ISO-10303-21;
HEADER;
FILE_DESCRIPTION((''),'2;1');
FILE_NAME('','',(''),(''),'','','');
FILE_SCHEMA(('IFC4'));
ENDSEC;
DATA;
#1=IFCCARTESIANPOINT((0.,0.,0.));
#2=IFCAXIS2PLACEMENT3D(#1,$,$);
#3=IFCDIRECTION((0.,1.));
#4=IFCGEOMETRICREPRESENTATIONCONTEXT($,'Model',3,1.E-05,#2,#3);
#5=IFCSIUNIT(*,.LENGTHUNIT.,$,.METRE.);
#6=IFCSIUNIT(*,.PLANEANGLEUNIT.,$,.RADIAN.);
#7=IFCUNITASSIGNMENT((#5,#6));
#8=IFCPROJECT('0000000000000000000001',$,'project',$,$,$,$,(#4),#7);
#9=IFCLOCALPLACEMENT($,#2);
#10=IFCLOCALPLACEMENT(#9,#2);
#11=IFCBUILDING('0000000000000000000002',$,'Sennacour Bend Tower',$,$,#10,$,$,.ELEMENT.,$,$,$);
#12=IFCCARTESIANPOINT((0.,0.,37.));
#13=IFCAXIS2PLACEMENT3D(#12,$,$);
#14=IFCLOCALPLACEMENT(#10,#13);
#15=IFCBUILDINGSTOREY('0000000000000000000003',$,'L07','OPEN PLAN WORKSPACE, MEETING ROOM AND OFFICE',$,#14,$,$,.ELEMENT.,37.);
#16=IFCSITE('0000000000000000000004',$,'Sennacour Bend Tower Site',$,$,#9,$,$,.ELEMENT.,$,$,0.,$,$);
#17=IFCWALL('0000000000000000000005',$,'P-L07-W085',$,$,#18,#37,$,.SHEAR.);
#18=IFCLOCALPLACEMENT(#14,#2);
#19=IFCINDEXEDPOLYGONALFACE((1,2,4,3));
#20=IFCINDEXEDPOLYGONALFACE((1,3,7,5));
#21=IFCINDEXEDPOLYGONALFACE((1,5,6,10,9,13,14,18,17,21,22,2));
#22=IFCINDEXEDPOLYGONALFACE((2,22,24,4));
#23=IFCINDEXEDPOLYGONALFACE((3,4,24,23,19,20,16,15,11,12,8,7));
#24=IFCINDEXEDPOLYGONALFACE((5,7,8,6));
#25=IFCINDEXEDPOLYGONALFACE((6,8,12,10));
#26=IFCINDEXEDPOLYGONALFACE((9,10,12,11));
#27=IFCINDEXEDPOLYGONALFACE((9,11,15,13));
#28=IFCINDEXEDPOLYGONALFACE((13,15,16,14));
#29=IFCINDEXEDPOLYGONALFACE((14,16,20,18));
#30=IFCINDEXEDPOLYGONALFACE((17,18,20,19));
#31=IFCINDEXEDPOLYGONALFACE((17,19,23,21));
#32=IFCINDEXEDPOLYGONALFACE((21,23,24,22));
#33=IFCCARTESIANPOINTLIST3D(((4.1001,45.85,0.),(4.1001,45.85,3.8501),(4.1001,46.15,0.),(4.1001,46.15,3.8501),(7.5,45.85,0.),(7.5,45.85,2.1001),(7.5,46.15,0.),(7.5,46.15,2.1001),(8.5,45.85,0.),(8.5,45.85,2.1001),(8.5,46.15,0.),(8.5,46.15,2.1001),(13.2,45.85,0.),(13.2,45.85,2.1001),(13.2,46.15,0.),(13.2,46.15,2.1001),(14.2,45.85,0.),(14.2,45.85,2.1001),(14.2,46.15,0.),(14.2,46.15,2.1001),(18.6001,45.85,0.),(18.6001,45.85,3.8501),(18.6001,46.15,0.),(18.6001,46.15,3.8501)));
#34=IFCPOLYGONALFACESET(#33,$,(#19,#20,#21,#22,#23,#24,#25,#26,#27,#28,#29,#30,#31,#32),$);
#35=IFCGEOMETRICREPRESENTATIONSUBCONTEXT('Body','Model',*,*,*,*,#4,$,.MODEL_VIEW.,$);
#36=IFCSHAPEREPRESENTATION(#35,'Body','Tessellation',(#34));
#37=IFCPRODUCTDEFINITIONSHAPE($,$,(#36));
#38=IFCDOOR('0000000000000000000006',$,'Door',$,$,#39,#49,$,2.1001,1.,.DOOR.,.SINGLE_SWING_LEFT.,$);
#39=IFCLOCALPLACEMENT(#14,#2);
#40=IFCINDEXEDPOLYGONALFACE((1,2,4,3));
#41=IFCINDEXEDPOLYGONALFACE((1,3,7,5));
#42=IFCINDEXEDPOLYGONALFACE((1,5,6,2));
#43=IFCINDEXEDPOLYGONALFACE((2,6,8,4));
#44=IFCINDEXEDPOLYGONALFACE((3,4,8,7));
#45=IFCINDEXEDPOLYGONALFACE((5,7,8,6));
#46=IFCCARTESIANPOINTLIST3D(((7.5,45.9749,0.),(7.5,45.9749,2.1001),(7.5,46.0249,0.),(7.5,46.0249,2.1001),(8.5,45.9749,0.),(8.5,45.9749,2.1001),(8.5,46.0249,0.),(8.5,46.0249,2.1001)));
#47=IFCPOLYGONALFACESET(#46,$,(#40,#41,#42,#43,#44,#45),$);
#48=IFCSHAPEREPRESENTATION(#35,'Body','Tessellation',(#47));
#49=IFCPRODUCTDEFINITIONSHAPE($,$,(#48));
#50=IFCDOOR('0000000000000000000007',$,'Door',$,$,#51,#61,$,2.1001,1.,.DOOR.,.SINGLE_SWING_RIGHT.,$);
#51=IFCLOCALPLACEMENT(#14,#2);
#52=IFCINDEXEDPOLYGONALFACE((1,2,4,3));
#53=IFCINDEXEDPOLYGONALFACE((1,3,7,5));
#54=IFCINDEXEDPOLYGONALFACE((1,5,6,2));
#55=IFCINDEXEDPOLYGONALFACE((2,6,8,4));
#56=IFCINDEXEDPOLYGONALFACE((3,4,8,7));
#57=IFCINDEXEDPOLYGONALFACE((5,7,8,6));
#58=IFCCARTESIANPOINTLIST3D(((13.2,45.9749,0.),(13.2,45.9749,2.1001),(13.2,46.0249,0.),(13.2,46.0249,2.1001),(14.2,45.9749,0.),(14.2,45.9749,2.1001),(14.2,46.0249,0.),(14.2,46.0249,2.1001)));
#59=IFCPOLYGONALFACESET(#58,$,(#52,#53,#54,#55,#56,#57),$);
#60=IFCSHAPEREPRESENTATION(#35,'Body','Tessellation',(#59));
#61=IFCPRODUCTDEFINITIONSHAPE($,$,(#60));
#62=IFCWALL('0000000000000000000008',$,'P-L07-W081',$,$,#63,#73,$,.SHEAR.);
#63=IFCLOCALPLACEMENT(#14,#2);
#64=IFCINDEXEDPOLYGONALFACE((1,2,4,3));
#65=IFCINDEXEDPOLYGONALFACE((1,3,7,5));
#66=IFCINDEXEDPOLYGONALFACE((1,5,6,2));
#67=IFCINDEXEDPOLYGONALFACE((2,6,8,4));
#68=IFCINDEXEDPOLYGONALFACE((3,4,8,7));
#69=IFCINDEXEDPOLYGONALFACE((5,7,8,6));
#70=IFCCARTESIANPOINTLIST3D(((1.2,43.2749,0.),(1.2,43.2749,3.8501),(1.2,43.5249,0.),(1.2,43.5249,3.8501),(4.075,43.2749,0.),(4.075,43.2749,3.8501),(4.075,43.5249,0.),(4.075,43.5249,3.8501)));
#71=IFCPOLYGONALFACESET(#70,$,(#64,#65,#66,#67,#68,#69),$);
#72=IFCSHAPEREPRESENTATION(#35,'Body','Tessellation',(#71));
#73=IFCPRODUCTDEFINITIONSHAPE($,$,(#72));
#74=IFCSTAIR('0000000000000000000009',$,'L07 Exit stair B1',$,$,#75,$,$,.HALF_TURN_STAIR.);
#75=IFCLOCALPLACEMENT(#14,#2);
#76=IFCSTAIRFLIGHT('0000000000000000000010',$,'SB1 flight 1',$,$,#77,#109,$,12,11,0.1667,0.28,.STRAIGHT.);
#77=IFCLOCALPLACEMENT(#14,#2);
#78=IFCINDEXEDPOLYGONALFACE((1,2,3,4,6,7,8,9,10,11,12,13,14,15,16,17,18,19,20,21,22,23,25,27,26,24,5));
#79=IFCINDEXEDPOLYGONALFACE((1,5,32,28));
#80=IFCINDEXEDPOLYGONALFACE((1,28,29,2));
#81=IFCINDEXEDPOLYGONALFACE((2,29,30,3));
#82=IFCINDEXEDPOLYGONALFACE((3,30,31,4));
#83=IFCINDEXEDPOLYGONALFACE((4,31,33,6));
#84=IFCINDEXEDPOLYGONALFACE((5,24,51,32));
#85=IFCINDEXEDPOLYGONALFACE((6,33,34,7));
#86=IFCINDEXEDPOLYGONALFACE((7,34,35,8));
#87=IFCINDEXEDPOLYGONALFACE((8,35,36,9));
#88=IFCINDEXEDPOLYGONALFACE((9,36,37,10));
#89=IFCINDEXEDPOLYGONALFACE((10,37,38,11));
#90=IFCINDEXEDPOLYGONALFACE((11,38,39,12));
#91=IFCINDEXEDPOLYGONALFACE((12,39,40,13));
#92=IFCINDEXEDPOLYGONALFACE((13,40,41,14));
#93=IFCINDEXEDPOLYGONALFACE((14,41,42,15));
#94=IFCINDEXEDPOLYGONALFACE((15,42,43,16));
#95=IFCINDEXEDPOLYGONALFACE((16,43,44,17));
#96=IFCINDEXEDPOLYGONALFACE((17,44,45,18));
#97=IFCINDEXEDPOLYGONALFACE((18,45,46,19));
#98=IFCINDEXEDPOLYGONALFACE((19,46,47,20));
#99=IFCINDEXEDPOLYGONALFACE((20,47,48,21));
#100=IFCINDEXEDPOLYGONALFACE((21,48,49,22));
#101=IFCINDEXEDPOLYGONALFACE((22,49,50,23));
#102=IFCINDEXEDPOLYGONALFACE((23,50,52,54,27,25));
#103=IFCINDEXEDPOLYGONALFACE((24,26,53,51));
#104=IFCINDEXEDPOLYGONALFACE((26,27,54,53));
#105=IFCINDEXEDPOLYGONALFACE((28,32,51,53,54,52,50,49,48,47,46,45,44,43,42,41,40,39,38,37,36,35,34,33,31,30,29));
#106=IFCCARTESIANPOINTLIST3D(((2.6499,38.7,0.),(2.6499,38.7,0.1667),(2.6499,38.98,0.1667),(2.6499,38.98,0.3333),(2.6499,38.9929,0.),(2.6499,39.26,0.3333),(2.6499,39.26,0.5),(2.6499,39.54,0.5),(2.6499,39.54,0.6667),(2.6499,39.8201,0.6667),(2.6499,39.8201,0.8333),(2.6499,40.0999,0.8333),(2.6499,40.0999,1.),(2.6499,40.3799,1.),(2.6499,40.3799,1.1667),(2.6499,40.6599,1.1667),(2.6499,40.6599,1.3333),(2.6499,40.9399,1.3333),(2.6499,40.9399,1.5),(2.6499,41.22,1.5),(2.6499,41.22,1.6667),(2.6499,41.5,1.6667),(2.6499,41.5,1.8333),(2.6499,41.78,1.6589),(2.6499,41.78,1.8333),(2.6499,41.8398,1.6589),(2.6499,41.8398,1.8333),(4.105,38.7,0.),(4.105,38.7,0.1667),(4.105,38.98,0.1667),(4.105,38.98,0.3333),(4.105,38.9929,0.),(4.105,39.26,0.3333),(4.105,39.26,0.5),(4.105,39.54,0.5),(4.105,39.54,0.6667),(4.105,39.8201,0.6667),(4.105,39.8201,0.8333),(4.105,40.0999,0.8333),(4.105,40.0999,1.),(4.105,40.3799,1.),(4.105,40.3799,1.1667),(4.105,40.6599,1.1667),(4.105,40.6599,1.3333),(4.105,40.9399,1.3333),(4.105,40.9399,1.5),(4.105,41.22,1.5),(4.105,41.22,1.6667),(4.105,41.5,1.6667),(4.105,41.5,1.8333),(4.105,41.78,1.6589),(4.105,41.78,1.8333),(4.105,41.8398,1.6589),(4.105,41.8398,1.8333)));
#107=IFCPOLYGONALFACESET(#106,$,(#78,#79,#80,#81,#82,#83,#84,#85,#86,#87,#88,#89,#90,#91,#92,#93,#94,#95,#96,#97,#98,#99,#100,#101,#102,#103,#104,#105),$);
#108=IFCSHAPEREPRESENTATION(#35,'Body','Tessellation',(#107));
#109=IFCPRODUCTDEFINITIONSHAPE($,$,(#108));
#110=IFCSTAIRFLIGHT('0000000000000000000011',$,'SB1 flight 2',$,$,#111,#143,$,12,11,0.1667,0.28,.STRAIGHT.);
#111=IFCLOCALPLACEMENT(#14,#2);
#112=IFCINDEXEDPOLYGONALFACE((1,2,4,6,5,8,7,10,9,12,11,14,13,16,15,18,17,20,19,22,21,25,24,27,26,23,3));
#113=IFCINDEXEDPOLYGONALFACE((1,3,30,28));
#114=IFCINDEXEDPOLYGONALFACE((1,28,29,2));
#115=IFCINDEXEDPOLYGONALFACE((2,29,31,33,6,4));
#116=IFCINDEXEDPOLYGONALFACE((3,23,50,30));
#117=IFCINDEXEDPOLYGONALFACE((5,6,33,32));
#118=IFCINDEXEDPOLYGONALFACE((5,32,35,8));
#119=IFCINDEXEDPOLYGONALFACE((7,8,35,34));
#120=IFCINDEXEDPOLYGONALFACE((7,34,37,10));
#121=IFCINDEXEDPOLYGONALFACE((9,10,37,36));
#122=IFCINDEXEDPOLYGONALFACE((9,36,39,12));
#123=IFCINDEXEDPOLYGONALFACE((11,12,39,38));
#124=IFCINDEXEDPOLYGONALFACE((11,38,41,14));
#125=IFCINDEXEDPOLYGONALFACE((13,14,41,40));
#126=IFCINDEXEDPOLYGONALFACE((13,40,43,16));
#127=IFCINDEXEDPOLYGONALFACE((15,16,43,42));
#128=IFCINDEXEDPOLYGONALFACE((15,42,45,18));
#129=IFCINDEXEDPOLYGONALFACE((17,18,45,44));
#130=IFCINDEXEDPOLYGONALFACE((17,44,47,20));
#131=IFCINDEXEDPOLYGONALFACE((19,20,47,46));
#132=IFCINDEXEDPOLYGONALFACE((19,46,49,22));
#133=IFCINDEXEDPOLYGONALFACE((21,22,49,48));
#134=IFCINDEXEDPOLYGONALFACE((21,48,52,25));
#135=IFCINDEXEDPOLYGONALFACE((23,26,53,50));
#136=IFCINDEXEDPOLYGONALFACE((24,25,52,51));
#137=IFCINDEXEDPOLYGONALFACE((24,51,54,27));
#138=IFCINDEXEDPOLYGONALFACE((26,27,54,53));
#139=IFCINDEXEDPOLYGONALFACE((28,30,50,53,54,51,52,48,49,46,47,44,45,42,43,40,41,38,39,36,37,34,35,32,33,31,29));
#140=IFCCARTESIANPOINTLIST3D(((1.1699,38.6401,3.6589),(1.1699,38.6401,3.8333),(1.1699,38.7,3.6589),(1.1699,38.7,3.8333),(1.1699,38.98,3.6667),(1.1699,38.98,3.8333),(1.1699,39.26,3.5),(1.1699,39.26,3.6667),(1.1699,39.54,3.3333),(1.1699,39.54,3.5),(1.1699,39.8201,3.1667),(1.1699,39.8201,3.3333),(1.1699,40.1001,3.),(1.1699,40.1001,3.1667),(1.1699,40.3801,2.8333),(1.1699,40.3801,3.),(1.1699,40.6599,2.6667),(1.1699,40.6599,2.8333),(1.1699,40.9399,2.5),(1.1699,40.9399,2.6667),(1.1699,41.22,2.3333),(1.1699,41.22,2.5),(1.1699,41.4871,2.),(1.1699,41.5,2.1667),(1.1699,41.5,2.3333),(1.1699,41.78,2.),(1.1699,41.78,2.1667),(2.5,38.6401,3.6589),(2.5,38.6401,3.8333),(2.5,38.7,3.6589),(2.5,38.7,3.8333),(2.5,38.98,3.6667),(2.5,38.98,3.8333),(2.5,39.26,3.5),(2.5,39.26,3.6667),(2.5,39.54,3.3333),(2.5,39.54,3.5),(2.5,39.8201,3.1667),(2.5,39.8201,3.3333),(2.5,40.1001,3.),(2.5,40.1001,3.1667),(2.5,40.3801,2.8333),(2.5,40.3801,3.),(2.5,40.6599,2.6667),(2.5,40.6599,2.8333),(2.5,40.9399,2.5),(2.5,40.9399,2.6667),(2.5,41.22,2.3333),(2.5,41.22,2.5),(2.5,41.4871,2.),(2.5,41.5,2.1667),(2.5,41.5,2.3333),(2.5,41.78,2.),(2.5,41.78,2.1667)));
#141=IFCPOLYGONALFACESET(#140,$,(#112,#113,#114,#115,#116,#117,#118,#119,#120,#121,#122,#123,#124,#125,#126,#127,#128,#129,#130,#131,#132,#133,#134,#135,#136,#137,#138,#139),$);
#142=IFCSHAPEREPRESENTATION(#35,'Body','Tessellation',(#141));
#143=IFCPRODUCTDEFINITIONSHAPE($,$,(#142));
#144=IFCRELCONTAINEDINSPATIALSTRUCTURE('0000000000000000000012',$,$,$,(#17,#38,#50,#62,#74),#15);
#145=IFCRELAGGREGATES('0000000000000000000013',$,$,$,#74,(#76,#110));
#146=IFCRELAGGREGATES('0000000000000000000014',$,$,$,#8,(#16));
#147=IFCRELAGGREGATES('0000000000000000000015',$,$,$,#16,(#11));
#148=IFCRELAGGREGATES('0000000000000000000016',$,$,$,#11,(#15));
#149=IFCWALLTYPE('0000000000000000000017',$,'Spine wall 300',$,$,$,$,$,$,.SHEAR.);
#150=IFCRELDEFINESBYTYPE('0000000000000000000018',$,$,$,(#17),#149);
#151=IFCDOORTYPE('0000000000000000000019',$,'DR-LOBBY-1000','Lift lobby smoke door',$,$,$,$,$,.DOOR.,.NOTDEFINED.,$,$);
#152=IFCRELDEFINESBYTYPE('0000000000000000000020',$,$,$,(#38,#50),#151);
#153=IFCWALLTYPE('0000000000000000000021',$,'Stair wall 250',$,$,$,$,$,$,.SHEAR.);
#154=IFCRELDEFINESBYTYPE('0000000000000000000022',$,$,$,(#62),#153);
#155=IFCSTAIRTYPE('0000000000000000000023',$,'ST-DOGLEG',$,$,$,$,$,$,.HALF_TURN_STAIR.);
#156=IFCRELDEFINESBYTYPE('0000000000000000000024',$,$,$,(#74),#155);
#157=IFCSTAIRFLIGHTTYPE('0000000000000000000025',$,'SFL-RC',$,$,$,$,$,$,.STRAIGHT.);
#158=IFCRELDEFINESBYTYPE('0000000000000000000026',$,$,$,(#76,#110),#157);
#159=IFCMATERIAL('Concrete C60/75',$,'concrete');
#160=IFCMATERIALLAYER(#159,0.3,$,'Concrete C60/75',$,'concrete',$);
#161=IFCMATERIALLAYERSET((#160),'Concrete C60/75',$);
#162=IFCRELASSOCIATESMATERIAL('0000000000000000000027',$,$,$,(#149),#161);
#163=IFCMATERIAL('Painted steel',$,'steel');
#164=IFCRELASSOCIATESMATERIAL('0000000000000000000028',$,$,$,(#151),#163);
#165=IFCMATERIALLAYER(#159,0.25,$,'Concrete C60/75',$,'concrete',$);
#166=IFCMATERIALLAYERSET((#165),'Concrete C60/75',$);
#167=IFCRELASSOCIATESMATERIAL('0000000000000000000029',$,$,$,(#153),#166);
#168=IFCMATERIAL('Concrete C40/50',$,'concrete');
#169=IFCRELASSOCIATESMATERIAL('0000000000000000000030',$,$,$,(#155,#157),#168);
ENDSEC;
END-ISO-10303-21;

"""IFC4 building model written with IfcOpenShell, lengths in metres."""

from ifc_helpers import new_model, si_unit, direction, frame, frame_2d, origin, place, context, subcontext, project, spatial, polyline, rectangle, outline, extrude, material, layer, layer_set, type_object, element, fill, aggregate, save


model = new_model("IFC4")

# Units and contexts
model_context = context("Model", 3, precision=1e-05, world=origin(), true_north=direction((0.0, 1.0)))
body_context = subcontext(model_context, "Body", "Model", "MODEL_VIEW")
ifc_project = project(units=[si_unit("LENGTHUNIT", "METRE"), si_unit("PLANEANGLEUNIT", "RADIAN")], contexts=[model_context])

# Site, building, storey
site_placement = place(None, origin())
site = spatial("IfcSite", under=ifc_project, at=site_placement, Name="Sennacour Bend Tower Site", CompositionType="ELEMENT", RefElevation=0.0)
building_placement = place(site_placement, origin())
building = spatial("IfcBuilding", under=site, at=building_placement, Name="Sennacour Bend Tower", CompositionType="ELEMENT")
storey_placement = place(building_placement, frame((0.0, 0.0, 37.0)))
storey = spatial("IfcBuildingStorey", under=building, at=storey_placement, Name="L07", Description="OPEN PLAN WORKSPACE, MEETING ROOM AND OFFICE", CompositionType="ELEMENT", Elevation=37.0)

# Shared definitions
ifc_material_1 = material(Name="Painted steel", Category="steel")

# Wall, openings, doors
ifc_material_2 = material(Name="Concrete C60/75", Category="concrete")
ifc_layer_1 = layer(ifc_material_2, 0.3, Name="Concrete C60/75", Category="concrete")
ifc_layer_set_1 = layer_set([ifc_layer_1], Name="Concrete C60/75")
wall_type_1 = type_object("IfcWallType", Name="Spine wall 300", PredefinedType="SHEAR", material=ifc_layer_set_1)
wall_1_placement = place(storey_placement, frame((4.1001, 46.0, 0.0), z_axis=(0.0, 0.0, 1.0), x_axis=(1.0, 0.0, 0.0)))
wall_1 = element("IfcWall", 1, at=wall_1_placement, inside=storey, type_object=wall_type_1, Name="P-L07-W085", PredefinedType="SHEAR", context=body_context, shape_type="SweptSolid", body=[
    extrude(rectangle(XDim=14.5, YDim=0.3, at=frame_2d((7.25, 0.0))), origin(), (0.0, 0.0, 1.0), 3.8501),
])
opening_1_placement = place(wall_1_placement, frame((3.3999, 0.0, 0.0)))
opening_1 = element("IfcOpeningElement", 2, at=opening_1_placement, cuts=wall_1, PredefinedType="OPENING", context=body_context, shape_type="SweptSolid", body=[
    extrude(rectangle(XDim=1.0, YDim=2.1001, at=frame_2d((0.5, 1.05))), frame((0.0, 0.1602, 0.0), z_axis=(0.0, -1.0, 0.0), x_axis=(1.0, 0.0, 0.0)), (0.0, 0.0, 1.0), 0.3201),
])
opening_2_placement = place(wall_1_placement, frame((9.0999, 0.0, 0.0)))
opening_2 = element("IfcOpeningElement", 3, at=opening_2_placement, cuts=wall_1, PredefinedType="OPENING", context=body_context, shape_type="SweptSolid", body=[
    extrude(rectangle(XDim=1.0, YDim=2.1001, at=frame_2d((0.5, 1.05))), frame((0.0, 0.1602, 0.0), z_axis=(0.0, -1.0, 0.0), x_axis=(1.0, 0.0, 0.0)), (0.0, 0.0, 1.0), 0.3201),
])
door_type_1 = type_object("IfcDoorType", Name="DR-LOBBY-1000", Description="Lift lobby smoke door", OperationType="NOTDEFINED", PredefinedType="DOOR", material=ifc_material_1)
door_1_placement = place(opening_1_placement, origin())
door_1 = element("IfcDoor", 4, at=door_1_placement, inside=storey, type_object=door_type_1, Name="Door", OperationType="SINGLE_SWING_LEFT", OverallHeight=2.1001, OverallWidth=1.0, PredefinedType="DOOR", context=body_context, shape_type="SweptSolid", body=[
    extrude(rectangle(XDim=1.0, YDim=2.1001, at=frame_2d((0.5, 1.05))), frame((0.0, 0.0249, 0.0), z_axis=(0.0, -1.0, 0.0), x_axis=(1.0, 0.0, 0.0)), (0.0, 0.0, 1.0), 0.05),
])
fill(opening_1, door_1)
door_2_placement = place(opening_2_placement, origin())
door_2 = element("IfcDoor", 5, at=door_2_placement, inside=storey, type_object=door_type_1, Name="Door", OperationType="SINGLE_SWING_RIGHT", OverallHeight=2.1001, OverallWidth=1.0, PredefinedType="DOOR", context=body_context, shape_type="SweptSolid", body=[
    extrude(rectangle(XDim=1.0, YDim=2.1001, at=frame_2d((0.5, 1.05))), frame((0.0, 0.0249, 0.0), z_axis=(0.0, -1.0, 0.0), x_axis=(1.0, 0.0, 0.0)), (0.0, 0.0, 1.0), 0.05),
])
fill(opening_2, door_2)

# Wall
ifc_layer_2 = layer(ifc_material_2, 0.25, Name="Concrete C60/75", Category="concrete")
ifc_layer_set_2 = layer_set([ifc_layer_2], Name="Concrete C60/75")
wall_type_2 = type_object("IfcWallType", Name="Stair wall 250", PredefinedType="SHEAR", material=ifc_layer_set_2)
wall_2_placement = place(storey_placement, frame((1.2, 43.3999, 0.0), z_axis=(0.0, 0.0, 1.0), x_axis=(1.0, 0.0, 0.0)))
element("IfcWall", 6, at=wall_2_placement, inside=storey, type_object=wall_type_2, Name="P-L07-W081", PredefinedType="SHEAR", context=body_context, shape_type="SweptSolid", body=[
    extrude(rectangle(XDim=2.875, YDim=0.25, at=frame_2d((1.4375, 0.0))), origin(), (0.0, 0.0, 1.0), 3.8501),
])

# Stair, stair flights
ifc_material_3 = material(Name="Concrete C40/50", Category="concrete")
stair_type = type_object("IfcStairType", Name="ST-DOGLEG", PredefinedType="HALF_TURN_STAIR", material=ifc_material_3)
stair_placement = place(storey_placement, origin())
stair = element("IfcStair", 7, at=stair_placement, inside=storey, type_object=stair_type, Name="L07 Exit stair B1", PredefinedType="HALF_TURN_STAIR")
stair_flight_type = type_object("IfcStairFlightType", Name="SFL-RC", PredefinedType="STRAIGHT", material=ifc_material_3)
stair_flight_1_placement = place(storey_placement, frame((3.3774, 38.7, 0.0), z_axis=(0.0, 0.0, 1.0), x_axis=(0.0, 1.0, 0.0)))
stair_flight_1 = element("IfcStairFlight", 8, at=stair_flight_1_placement, type_object=stair_flight_type, Name="SB1 flight 1", NumberOfRisers=12, NumberOfTreads=11, PredefinedType="STRAIGHT", RiserHeight=0.1667, TreadLength=0.28, context=body_context, shape_type="SweptSolid", body=[
    extrude(outline(polyline([(0.0, 0.0), (0.0, 0.1667), (0.28, 0.1667), (0.28, 0.3333), (0.5601, 0.3333), (0.5601, 0.5), (0.8401, 0.5), (0.8401, 0.6667), (1.1201, 0.6667), (1.1201, 0.8333), (1.3999, 0.8333), (1.3999, 1.0), (1.6799, 1.0), (1.6799, 1.1667), (1.96, 1.1667), (1.96, 1.3333), (2.24, 1.3333), (2.24, 1.5), (2.52, 1.5), (2.52, 1.6667), (2.8, 1.6667), (2.8, 1.8333), (3.0801, 1.8333), (3.1399, 1.8333), (3.1399, 1.6589), (3.0801, 1.6589), (0.293, 0.0), (0.0, 0.0)])), frame((0.0, 0.7275, 0.0), z_axis=(0.0, -1.0, 0.0), x_axis=(1.0, 0.0, 0.0)), (0.0, 0.0, 1.0), 1.4551),
])
stair_flight_2_placement = place(storey_placement, frame((1.835, 41.78, 2.0), z_axis=(0.0, 0.0, 1.0), x_axis=(0.0, -1.0, 0.0)))
stair_flight_2 = element("IfcStairFlight", 9, at=stair_flight_2_placement, type_object=stair_flight_type, Name="SB1 flight 2", NumberOfRisers=12, NumberOfTreads=11, PredefinedType="STRAIGHT", RiserHeight=0.1667, TreadLength=0.28, context=body_context, shape_type="SweptSolid", body=[
    extrude(outline(polyline([(0.0, 0.0), (0.0, 0.1667), (0.28, 0.1667), (0.28, 0.3333), (0.5601, 0.3333), (0.5601, 0.5), (0.8401, 0.5), (0.8401, 0.6667), (1.1201, 0.6667), (1.1201, 0.8333), (1.3999, 0.8333), (1.3999, 1.0), (1.6799, 1.0), (1.6799, 1.1667), (1.96, 1.1667), (1.96, 1.3333), (2.24, 1.3333), (2.24, 1.5), (2.52, 1.5), (2.52, 1.6667), (2.8, 1.6667), (2.8, 1.8333), (3.0801, 1.8333), (3.1399, 1.8333), (3.1399, 1.6589), (3.0801, 1.6589), (0.293, 0.0), (0.0, 0.0)])), frame((0.0, 0.665, 0.0), z_axis=(0.0, -1.0, 0.0), x_axis=(1.0, 0.0, 0.0)), (0.0, 0.0, 1.0), 1.3301),
])
aggregate(stair, [stair_flight_1, stair_flight_2])

save(model, "model.ifc")
